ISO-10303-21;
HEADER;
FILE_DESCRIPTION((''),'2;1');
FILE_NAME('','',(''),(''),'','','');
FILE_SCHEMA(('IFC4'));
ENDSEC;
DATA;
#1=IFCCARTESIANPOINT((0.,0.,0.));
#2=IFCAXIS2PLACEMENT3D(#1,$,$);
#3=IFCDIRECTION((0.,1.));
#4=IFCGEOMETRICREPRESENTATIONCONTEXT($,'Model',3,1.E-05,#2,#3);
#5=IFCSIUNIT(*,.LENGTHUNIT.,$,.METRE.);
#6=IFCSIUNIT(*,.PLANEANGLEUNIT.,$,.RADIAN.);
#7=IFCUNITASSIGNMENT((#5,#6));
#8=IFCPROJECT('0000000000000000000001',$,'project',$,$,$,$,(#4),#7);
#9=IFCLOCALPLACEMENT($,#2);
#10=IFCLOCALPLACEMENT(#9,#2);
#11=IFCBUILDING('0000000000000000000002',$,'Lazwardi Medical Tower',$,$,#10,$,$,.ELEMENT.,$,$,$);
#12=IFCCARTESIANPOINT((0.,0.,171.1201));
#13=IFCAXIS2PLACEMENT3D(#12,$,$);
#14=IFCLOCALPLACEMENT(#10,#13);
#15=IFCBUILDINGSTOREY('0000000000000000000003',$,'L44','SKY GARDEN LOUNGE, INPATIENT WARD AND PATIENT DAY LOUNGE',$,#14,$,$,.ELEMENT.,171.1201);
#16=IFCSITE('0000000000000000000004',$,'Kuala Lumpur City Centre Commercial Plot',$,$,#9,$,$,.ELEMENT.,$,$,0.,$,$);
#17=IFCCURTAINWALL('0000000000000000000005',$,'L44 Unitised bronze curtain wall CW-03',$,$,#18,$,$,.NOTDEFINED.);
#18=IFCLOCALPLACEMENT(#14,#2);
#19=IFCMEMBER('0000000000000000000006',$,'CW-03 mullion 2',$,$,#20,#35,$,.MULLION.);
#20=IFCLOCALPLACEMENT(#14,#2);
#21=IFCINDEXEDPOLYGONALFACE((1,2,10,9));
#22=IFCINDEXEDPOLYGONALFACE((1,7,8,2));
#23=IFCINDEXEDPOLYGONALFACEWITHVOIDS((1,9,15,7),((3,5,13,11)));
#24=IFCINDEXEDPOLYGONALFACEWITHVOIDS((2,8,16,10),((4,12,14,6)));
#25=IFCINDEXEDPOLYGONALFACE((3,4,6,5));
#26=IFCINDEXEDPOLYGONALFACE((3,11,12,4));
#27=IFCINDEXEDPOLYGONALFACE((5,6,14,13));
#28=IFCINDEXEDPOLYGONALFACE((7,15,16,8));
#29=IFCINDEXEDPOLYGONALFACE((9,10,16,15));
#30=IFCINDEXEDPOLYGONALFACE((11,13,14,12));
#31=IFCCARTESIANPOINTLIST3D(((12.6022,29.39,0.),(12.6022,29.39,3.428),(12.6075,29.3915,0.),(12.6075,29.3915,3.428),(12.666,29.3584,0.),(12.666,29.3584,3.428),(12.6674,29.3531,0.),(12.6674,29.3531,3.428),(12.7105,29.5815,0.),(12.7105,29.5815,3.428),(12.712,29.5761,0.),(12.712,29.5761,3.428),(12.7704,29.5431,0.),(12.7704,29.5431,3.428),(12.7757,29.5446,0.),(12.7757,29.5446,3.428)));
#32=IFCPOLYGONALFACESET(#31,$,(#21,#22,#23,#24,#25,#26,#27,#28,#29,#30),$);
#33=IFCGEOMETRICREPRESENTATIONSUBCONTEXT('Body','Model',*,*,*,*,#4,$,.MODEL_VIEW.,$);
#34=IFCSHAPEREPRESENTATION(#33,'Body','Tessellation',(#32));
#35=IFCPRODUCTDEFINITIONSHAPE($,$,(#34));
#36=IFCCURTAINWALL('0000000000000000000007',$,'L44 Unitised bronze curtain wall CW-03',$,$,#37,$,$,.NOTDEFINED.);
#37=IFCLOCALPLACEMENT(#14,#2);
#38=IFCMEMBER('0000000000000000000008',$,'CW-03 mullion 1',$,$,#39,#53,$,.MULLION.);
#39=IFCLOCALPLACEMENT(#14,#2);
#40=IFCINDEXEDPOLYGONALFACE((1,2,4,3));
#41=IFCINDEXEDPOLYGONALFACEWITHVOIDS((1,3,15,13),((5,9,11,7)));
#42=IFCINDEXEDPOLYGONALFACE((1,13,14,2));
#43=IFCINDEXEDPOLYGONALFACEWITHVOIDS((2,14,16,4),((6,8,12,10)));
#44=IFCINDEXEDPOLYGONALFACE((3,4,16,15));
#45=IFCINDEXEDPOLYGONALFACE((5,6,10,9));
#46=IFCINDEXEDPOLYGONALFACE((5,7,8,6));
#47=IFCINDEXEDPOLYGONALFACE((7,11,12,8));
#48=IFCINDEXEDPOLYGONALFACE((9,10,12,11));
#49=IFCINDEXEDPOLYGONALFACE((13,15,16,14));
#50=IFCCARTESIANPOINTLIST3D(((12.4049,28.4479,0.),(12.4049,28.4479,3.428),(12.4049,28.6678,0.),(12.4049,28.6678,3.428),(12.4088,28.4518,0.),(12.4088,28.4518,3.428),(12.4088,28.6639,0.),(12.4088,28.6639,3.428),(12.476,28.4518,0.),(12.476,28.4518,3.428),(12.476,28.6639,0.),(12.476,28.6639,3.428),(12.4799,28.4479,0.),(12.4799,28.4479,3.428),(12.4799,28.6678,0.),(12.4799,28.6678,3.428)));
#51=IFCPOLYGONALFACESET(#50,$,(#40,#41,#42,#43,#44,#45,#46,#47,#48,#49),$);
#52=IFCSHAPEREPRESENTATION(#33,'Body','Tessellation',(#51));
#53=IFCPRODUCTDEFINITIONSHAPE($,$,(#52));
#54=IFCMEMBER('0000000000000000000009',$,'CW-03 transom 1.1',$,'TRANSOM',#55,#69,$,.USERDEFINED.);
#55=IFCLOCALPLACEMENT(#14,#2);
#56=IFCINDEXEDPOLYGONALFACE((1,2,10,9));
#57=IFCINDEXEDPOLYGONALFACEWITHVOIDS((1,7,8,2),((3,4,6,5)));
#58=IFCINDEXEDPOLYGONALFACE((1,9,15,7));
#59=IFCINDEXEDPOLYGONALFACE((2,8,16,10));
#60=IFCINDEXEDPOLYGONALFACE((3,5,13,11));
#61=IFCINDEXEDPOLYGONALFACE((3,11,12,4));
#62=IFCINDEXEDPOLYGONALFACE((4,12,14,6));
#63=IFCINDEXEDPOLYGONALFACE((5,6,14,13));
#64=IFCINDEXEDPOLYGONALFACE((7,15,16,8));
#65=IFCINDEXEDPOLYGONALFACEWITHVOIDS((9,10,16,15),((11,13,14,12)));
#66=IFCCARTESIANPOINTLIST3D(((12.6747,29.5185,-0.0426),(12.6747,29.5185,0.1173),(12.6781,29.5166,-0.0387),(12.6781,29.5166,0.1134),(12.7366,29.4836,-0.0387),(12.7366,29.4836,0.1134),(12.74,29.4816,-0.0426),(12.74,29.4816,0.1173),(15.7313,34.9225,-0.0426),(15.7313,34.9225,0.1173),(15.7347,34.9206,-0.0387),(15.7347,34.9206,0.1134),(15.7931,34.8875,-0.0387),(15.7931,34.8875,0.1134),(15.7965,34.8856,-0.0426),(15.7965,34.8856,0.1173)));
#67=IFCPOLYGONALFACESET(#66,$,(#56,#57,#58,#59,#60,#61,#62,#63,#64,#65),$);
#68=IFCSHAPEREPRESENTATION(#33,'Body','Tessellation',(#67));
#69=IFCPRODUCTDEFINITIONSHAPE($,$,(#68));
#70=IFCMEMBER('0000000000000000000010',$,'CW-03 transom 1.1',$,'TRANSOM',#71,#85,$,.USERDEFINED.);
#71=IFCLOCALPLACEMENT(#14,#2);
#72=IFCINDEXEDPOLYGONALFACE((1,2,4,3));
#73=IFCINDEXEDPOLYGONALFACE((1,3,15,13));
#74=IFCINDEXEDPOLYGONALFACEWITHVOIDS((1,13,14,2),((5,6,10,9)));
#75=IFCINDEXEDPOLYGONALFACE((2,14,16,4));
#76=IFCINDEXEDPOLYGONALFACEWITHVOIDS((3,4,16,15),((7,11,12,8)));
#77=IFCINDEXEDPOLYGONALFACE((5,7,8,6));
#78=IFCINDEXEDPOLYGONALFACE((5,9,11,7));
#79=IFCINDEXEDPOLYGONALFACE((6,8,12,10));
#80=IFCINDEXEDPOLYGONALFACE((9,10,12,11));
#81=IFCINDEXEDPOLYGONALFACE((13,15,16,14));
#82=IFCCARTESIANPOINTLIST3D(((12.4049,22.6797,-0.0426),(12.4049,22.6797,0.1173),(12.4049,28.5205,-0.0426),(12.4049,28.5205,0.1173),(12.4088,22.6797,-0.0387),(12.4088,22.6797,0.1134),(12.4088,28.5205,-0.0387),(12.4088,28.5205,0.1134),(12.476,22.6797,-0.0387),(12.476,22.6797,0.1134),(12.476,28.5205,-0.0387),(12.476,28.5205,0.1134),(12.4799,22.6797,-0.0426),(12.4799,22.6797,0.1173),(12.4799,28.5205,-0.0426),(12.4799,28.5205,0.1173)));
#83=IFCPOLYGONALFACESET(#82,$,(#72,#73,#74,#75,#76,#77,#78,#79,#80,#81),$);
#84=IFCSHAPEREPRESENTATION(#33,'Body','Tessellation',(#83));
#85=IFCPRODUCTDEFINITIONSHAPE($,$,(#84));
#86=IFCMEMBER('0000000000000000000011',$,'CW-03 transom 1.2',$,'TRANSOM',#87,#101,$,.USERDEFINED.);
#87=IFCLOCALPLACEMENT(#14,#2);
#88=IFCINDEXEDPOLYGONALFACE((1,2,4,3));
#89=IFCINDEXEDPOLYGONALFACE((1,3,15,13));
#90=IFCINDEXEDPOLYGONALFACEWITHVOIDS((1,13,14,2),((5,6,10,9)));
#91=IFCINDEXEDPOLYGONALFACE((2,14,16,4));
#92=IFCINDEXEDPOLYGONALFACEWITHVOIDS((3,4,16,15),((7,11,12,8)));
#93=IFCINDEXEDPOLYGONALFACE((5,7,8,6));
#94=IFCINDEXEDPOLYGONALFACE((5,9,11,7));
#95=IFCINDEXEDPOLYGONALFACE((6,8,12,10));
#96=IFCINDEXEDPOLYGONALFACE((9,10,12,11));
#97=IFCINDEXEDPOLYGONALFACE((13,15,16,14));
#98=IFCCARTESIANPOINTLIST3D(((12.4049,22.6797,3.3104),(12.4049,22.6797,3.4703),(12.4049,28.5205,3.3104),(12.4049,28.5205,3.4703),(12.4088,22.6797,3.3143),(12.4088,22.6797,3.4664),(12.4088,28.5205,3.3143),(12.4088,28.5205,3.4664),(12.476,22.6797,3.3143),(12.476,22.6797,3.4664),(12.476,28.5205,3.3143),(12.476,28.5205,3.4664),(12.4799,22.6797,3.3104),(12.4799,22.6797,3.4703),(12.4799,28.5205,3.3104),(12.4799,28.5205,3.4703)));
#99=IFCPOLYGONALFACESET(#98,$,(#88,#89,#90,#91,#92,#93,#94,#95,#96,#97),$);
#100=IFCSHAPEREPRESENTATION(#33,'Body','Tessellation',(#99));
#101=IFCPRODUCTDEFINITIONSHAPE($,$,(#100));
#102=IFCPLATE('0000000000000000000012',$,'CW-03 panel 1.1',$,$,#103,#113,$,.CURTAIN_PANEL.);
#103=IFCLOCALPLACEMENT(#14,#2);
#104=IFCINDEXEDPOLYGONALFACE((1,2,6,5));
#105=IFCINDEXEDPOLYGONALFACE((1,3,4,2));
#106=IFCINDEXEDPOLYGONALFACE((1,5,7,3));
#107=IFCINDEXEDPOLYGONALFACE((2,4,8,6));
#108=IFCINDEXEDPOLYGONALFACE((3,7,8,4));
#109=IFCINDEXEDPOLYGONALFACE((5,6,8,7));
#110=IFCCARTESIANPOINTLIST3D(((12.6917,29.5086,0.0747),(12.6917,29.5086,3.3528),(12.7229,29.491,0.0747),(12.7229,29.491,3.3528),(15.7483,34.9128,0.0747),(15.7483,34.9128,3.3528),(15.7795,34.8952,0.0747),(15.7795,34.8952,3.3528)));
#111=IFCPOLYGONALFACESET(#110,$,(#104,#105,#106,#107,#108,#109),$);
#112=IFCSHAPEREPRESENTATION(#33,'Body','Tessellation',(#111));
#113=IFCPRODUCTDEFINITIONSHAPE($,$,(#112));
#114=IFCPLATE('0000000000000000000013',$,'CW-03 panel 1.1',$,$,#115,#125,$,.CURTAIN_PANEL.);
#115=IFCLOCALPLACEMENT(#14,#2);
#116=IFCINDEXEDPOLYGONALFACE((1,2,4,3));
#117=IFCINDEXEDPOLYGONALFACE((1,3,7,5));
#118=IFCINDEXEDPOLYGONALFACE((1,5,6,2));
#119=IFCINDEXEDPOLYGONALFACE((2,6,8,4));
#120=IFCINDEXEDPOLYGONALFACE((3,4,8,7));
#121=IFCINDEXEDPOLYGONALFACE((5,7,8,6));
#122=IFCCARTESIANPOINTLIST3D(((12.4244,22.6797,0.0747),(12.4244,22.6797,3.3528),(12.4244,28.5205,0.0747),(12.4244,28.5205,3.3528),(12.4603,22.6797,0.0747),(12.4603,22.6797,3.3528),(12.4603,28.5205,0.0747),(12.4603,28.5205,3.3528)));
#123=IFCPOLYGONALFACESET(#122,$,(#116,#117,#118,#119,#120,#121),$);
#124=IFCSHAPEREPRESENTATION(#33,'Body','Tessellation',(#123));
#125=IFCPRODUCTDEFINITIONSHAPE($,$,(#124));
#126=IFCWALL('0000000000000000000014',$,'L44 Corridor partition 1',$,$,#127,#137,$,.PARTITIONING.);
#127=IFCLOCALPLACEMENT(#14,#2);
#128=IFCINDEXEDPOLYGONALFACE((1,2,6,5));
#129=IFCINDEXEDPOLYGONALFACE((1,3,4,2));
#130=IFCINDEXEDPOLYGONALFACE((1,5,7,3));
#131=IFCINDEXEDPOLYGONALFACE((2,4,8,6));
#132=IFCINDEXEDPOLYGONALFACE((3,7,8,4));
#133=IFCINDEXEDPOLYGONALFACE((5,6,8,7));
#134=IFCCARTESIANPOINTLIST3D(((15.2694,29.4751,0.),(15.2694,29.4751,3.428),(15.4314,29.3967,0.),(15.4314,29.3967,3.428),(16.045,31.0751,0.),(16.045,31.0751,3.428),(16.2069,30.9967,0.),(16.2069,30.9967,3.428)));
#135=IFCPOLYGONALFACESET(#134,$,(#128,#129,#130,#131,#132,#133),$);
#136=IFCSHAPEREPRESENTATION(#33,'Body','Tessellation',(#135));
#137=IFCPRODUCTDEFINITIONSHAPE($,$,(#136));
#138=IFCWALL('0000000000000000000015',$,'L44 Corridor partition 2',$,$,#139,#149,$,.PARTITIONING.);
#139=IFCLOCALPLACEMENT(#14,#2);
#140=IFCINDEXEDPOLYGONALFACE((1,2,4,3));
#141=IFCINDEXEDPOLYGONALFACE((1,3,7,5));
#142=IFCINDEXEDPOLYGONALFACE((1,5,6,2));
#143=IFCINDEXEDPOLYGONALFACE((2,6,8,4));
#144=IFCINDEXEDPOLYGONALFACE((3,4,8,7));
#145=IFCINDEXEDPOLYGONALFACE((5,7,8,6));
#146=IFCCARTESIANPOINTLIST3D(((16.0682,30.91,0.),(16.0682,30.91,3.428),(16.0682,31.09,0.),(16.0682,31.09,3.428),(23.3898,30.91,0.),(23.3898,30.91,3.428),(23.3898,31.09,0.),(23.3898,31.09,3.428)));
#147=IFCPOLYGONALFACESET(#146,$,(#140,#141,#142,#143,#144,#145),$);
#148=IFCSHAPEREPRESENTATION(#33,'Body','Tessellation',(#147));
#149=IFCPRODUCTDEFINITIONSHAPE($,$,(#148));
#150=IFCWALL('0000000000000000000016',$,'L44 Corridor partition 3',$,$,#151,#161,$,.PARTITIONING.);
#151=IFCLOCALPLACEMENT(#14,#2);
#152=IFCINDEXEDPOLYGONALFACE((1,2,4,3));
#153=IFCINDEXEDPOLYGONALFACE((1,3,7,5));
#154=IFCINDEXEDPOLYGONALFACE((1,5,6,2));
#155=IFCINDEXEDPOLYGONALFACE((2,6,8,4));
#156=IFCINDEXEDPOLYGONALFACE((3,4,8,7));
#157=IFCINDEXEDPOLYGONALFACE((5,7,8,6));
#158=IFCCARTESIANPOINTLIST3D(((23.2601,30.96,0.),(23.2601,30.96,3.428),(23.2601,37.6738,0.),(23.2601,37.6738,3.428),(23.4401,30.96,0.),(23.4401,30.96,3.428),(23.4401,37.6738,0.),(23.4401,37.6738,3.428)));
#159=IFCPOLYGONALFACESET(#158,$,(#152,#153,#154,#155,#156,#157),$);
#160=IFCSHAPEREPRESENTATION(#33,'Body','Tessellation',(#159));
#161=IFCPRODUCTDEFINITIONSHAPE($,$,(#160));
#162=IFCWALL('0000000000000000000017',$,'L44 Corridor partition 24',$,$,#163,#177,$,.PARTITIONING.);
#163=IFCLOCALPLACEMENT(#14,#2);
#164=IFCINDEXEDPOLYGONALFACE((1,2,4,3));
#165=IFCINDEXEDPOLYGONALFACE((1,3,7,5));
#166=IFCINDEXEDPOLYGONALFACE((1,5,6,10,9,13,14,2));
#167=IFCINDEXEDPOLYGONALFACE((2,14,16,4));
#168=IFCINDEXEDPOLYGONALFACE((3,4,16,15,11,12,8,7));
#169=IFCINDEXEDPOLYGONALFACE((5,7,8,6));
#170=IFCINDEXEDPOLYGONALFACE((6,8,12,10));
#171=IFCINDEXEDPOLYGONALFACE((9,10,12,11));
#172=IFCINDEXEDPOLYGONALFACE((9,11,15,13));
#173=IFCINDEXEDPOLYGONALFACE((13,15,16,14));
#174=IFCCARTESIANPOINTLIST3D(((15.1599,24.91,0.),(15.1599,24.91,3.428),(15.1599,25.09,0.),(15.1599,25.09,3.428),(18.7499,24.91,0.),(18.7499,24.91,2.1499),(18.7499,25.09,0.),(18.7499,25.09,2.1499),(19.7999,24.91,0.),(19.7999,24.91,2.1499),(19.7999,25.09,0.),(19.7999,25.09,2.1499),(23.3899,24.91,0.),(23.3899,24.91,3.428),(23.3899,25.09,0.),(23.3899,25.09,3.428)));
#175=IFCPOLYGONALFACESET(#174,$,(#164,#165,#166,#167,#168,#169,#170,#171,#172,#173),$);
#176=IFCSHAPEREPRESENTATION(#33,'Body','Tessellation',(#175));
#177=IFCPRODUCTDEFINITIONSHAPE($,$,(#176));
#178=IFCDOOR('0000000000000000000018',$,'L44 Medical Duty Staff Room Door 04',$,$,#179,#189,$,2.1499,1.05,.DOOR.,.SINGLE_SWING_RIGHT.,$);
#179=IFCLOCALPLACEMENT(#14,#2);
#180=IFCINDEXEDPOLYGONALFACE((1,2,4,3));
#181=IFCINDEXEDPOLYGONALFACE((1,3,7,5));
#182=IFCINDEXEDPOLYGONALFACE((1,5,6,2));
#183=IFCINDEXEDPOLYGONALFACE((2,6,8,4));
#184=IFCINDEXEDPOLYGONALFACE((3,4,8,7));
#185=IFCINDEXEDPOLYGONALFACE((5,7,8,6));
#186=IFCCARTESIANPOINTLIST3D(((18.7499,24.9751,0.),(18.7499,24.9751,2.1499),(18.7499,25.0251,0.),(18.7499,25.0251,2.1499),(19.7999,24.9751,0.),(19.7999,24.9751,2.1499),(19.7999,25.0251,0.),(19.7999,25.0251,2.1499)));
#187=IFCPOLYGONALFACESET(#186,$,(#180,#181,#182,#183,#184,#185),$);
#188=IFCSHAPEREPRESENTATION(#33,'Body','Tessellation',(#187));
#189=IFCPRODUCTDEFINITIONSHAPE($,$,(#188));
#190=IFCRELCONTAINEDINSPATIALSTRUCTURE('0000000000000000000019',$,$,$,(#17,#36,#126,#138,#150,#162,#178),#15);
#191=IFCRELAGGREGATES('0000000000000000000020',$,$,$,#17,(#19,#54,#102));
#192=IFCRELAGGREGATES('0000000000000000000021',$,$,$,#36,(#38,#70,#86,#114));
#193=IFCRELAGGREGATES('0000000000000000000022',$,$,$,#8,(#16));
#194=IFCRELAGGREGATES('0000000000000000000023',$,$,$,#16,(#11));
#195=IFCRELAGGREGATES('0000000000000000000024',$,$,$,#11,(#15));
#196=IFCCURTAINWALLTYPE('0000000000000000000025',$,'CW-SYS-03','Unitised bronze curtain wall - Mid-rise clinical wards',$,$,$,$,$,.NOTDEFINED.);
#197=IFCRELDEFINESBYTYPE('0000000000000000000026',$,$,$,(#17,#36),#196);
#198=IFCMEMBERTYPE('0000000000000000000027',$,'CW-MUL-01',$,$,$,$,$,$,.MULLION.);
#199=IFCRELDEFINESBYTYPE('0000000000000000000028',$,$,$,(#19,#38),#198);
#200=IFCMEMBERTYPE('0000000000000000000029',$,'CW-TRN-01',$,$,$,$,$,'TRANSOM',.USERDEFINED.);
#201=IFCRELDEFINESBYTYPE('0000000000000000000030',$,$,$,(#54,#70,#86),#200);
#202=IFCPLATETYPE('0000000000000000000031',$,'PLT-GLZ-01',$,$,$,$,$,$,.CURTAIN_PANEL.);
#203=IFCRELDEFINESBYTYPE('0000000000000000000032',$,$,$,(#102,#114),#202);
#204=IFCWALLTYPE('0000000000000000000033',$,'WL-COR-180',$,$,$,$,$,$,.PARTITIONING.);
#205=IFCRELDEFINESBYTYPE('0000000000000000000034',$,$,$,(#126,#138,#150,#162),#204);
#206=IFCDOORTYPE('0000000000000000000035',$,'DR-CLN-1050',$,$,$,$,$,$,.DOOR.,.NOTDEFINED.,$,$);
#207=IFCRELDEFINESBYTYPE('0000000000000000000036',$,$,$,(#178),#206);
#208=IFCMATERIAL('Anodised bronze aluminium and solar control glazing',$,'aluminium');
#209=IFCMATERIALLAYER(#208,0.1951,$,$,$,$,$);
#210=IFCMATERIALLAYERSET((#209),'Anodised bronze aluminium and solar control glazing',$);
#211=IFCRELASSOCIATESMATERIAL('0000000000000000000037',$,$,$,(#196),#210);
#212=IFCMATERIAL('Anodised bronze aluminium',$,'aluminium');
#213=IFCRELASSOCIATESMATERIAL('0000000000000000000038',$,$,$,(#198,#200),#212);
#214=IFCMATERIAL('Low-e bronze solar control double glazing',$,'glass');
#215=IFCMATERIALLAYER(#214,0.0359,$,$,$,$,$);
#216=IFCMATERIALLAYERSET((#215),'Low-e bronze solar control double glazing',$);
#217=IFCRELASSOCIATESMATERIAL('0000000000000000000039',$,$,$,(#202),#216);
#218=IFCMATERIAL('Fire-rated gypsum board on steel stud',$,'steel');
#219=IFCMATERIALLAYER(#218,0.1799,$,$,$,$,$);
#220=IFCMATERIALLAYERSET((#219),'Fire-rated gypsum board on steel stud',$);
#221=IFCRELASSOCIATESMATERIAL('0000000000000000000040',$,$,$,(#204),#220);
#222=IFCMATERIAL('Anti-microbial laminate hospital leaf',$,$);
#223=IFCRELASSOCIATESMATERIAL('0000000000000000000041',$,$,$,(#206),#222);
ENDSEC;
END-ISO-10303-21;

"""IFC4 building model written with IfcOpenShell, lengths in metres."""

from ifc_helpers import new_model, si_unit, direction, frame, frame_2d, origin, origin_2d, place, context, subcontext, project, spatial, rectangle, hollow_rectangle, extrude, material, layer, layer_set, material_profile, profile_set, type_object, element, fill, aggregate, save


model = new_model("IFC4")

# Units and contexts
model_context = context("Model", 3, precision=1e-05, world=origin(), true_north=direction((0.0, 1.0)))
body_context = subcontext(model_context, "Body", "Model", "MODEL_VIEW")
ifc_project = project(units=[si_unit("LENGTHUNIT", "METRE"), si_unit("PLANEANGLEUNIT", "RADIAN")], contexts=[model_context])

# Site, building, storey
site_placement = place(None, origin())
site = spatial("IfcSite", under=ifc_project, at=site_placement, Name="Kuala Lumpur City Centre Commercial Plot", CompositionType="ELEMENT", RefElevation=0.0)
building_placement = place(site_placement, origin())
building = spatial("IfcBuilding", under=site, at=building_placement, Name="Lazwardi Medical Tower", CompositionType="ELEMENT")
storey_placement = place(building_placement, frame((0.0, 0.0, 171.1201)))
storey = spatial("IfcBuildingStorey", under=building, at=storey_placement, Name="L44", Description="SKY GARDEN LOUNGE, INPATIENT WARD AND PATIENT DAY LOUNGE", CompositionType="ELEMENT", Elevation=171.1201)

# Curtain walls, members
ifc_material_1 = material(Name="Anodised bronze aluminium and solar control glazing", Category="aluminium")
ifc_layer_1 = layer(ifc_material_1, 0.1951)
ifc_layer_set_1 = layer_set([ifc_layer_1], Name="Anodised bronze aluminium and solar control glazing")
curtain_wall_type = type_object("IfcCurtainWallType", Name="CW-SYS-03", Description="Unitised bronze curtain wall - Mid-rise clinical wards", PredefinedType="NOTDEFINED", material=ifc_layer_set_1)
curtain_wall_1_placement = place(storey_placement, origin())
curtain_wall_1 = element("IfcCurtainWall", 1, at=curtain_wall_1_placement, inside=storey, type_object=curtain_wall_type, Name="L44 Unitised bronze curtain wall CW-03", PredefinedType="NOTDEFINED")
ifc_material_2 = material(Name="Anodised bronze aluminium", Category="aluminium")
ifc_material_profile_1 = material_profile(ifc_material_2, hollow_rectangle(XDim=0.075, YDim=0.22, WallThickness=0.0039, at=origin_2d()), Name="ALU-MULLION 220x75x4")
ifc_profile_set_1 = profile_set([ifc_material_profile_1], Name="Anodised bronze aluminium")
member_type_1 = type_object("IfcMemberType", Name="CW-MUL-01", PredefinedType="MULLION", material=ifc_profile_set_1)
member_1_placement = place(storey_placement, frame((12.689, 29.4673, 0.0), z_axis=(0.0, 0.0, 1.0), x_axis=(0.870419, -0.492312, 0.0)))
member_1 = element("IfcMember", 2, at=member_1_placement, type_object=member_type_1, Name="CW-03 mullion 2", PredefinedType="MULLION", context=body_context, shape_type="SweptSolid", body=[
    extrude(hollow_rectangle(XDim=0.075, YDim=0.22, WallThickness=0.0039, at=origin_2d()), origin(), (0.0, 0.0, 1.0), 3.428),
])
curtain_wall_2_placement = place(storey_placement, origin())
curtain_wall_2 = element("IfcCurtainWall", 3, at=curtain_wall_2_placement, inside=storey, type_object=curtain_wall_type, Name="L44 Unitised bronze curtain wall CW-03", PredefinedType="NOTDEFINED")
member_2_placement = place(storey_placement, frame((12.4424, 28.5579, 0.0), z_axis=(0.0, 0.0, 1.0), x_axis=(1.0, 0.0, 0.0)))
member_2 = element("IfcMember", 4, at=member_2_placement, type_object=member_type_1, Name="CW-03 mullion 1", PredefinedType="MULLION", context=body_context, shape_type="SweptSolid", body=[
    extrude(hollow_rectangle(XDim=0.075, YDim=0.22, WallThickness=0.0039, at=origin_2d()), origin(), (0.0, 0.0, 1.0), 3.428),
])

# Members
ifc_material_profile_2 = material_profile(ifc_material_2, hollow_rectangle(XDim=0.075, YDim=0.1599, WallThickness=0.0039, at=origin_2d()), Name="ALU-TRANSOM 160x75x4")
ifc_profile_set_2 = profile_set([ifc_material_profile_2], Name="Anodised bronze aluminium")
member_type_2 = type_object("IfcMemberType", Name="CW-TRN-01", ElementType="TRANSOM", PredefinedType="USERDEFINED", material=ifc_profile_set_2)
member_3_placement = place(storey_placement, frame((15.7639, 34.9041, 0.0374), z_axis=(-0.492323, -0.870413, 0.0), x_axis=(0.870413, -0.492323, 0.0)))
member_3 = element("IfcMember", 5, at=member_3_placement, type_object=member_type_2, Name="CW-03 transom 1.1", ObjectType="TRANSOM", PredefinedType="USERDEFINED", context=body_context, shape_type="SweptSolid", body=[
    extrude(hollow_rectangle(XDim=0.075, YDim=0.1599, WallThickness=0.0039, at=origin_2d()), origin(), (0.0, 0.0, 1.0), 6.2085),
])
member_4_placement = place(storey_placement, frame((12.4424, 28.5205, 0.0374), z_axis=(0.0, -1.0, 0.0), x_axis=(1.0, 0.0, 0.0)))
member_4 = element("IfcMember", 6, at=member_4_placement, type_object=member_type_2, Name="CW-03 transom 1.1", ObjectType="TRANSOM", PredefinedType="USERDEFINED", context=body_context, shape_type="SweptSolid", body=[
    extrude(hollow_rectangle(XDim=0.075, YDim=0.1599, WallThickness=0.0039, at=origin_2d()), origin(), (0.0, 0.0, 1.0), 5.8408),
])
member_5_placement = place(storey_placement, frame((12.4424, 28.5205, 3.3904), z_axis=(0.0, -1.0, 0.0), x_axis=(1.0, 0.0, 0.0)))
member_5 = element("IfcMember", 7, at=member_5_placement, type_object=member_type_2, Name="CW-03 transom 1.2", ObjectType="TRANSOM", PredefinedType="USERDEFINED", context=body_context, shape_type="SweptSolid", body=[
    extrude(hollow_rectangle(XDim=0.075, YDim=0.1599, WallThickness=0.0039, at=origin_2d()), origin(), (0.0, 0.0, 1.0), 5.8408),
])

# Plates
ifc_material_3 = material(Name="Low-e bronze solar control double glazing", Category="glass")
ifc_layer_2 = layer(ifc_material_3, 0.0359)
ifc_layer_set_2 = layer_set([ifc_layer_2], Name="Low-e bronze solar control double glazing")
plate_type = type_object("IfcPlateType", Name="PLT-GLZ-01", PredefinedType="CURTAIN_PANEL", material=ifc_layer_set_2)
plate_1_placement = place(storey_placement, frame((14.2356, 32.2019, 0.0747), z_axis=(0.0, 0.0, 1.0), x_axis=(-0.492312, -0.870419, 0.0)))
plate_1 = element("IfcPlate", 8, at=plate_1_placement, type_object=plate_type, Name="CW-03 panel 1.1", PredefinedType="CURTAIN_PANEL", context=body_context, shape_type="SweptSolid", body=[
    extrude(rectangle(XDim=6.2087, YDim=0.0359, at=origin_2d()), origin(), (0.0, 0.0, 1.0), 3.2781),
])
aggregate(curtain_wall_1, [member_1, member_3, plate_1])
plate_2_placement = place(storey_placement, frame((12.4424, 25.6001, 0.0747), z_axis=(0.0, 0.0, 1.0), x_axis=(0.0, -1.0, 0.0)))
plate_2 = element("IfcPlate", 9, at=plate_2_placement, type_object=plate_type, Name="CW-03 panel 1.1", PredefinedType="CURTAIN_PANEL", context=body_context, shape_type="SweptSolid", body=[
    extrude(rectangle(XDim=5.8408, YDim=0.0359, at=origin_2d()), origin(), (0.0, 0.0, 1.0), 3.2781),
])
aggregate(curtain_wall_2, [member_2, member_4, member_5, plate_2])

# Walls
ifc_material_4 = material(Name="Fire-rated gypsum board on steel stud", Category="steel")
ifc_layer_3 = layer(ifc_material_4, 0.1799)
ifc_layer_set_3 = layer_set([ifc_layer_3], Name="Fire-rated gypsum board on steel stud")
wall_type_1 = type_object("IfcWallType", Name="WL-COR-180", PredefinedType="PARTITIONING", material=ifc_layer_set_3)
wall_1_placement = place(storey_placement, frame((15.3503, 29.4358, 0.0), z_axis=(0.0, 0.0, 1.0), x_axis=(0.436196, 0.899852, 0.0)))
element("IfcWall", 10, at=wall_1_placement, inside=storey, type_object=wall_type_1, Name="L44 Corridor partition 1", PredefinedType="PARTITIONING", context=body_context, shape_type="SweptSolid", body=[
    extrude(rectangle(XDim=1.7781, YDim=0.1799, at=frame_2d((0.8892, 0.0))), origin(), (0.0, 0.0, 1.0), 3.428),
])
wall_2_placement = place(storey_placement, frame((16.0684, 31.0, 0.0), z_axis=(0.0, 0.0, 1.0), x_axis=(1.0, 0.0, 0.0)))
element("IfcWall", 11, at=wall_2_placement, inside=storey, type_object=wall_type_1, Name="L44 Corridor partition 2", PredefinedType="PARTITIONING", context=body_context, shape_type="SweptSolid", body=[
    extrude(rectangle(XDim=7.3215, YDim=0.1799, at=frame_2d((3.6606, 0.0))), origin(), (0.0, 0.0, 1.0), 3.428),
])
wall_3_placement = place(storey_placement, frame((23.3501, 30.96, 0.0), z_axis=(0.0, 0.0, 1.0), x_axis=(0.0, 1.0, 0.0)))
element("IfcWall", 12, at=wall_3_placement, inside=storey, type_object=wall_type_1, Name="L44 Corridor partition 3", PredefinedType="PARTITIONING", context=body_context, shape_type="SweptSolid", body=[
    extrude(rectangle(XDim=6.7139, YDim=0.1799, at=frame_2d((3.3569, 0.0))), origin(), (0.0, 0.0, 1.0), 3.428),
])

# Wall, opening, door
wall_4_placement = place(storey_placement, frame((23.3899, 25.0, 0.0), z_axis=(0.0, 0.0, 1.0), x_axis=(-1.0, 0.0, 0.0)))
wall_4 = element("IfcWall", 13, at=wall_4_placement, inside=storey, type_object=wall_type_1, Name="L44 Corridor partition 24", PredefinedType="PARTITIONING", context=body_context, shape_type="SweptSolid", body=[
    extrude(rectangle(XDim=8.23, YDim=0.1799, at=frame_2d((4.115, 0.0))), origin(), (0.0, 0.0, 1.0), 3.428),
])
opening_placement = place(wall_4_placement, frame((3.5901, 0.0, 0.0)))
opening = element("IfcOpeningElement", 14, at=opening_placement, cuts=wall_4, PredefinedType="OPENING", context=body_context, shape_type="SweptSolid", body=[
    extrude(rectangle(XDim=1.05, YDim=2.1499, at=frame_2d((0.5249, 1.075))), frame((0.0, 0.0999, 0.0), z_axis=(0.0, -1.0, 0.0), x_axis=(1.0, 0.0, 0.0)), (0.0, 0.0, 1.0), 0.2),
])
ifc_material_5 = material(Name="Anti-microbial laminate hospital leaf")
door_type = type_object("IfcDoorType", Name="DR-CLN-1050", OperationType="NOTDEFINED", PredefinedType="DOOR", material=ifc_material_5)
door_placement = place(opening_placement, origin())
door = element("IfcDoor", 15, at=door_placement, inside=storey, type_object=door_type, Name="L44 Medical Duty Staff Room Door 04", OperationType="SINGLE_SWING_RIGHT", OverallHeight=2.1499, OverallWidth=1.05, PredefinedType="DOOR", context=body_context, shape_type="SweptSolid", body=[
    extrude(rectangle(XDim=1.05, YDim=2.1499, at=frame_2d((0.5249, 1.075))), frame((0.0, 0.0249, 0.0), z_axis=(0.0, -1.0, 0.0), x_axis=(1.0, 0.0, 0.0)), (0.0, 0.0, 1.0), 0.05),
])
fill(opening, door)

save(model, "model.ifc")
